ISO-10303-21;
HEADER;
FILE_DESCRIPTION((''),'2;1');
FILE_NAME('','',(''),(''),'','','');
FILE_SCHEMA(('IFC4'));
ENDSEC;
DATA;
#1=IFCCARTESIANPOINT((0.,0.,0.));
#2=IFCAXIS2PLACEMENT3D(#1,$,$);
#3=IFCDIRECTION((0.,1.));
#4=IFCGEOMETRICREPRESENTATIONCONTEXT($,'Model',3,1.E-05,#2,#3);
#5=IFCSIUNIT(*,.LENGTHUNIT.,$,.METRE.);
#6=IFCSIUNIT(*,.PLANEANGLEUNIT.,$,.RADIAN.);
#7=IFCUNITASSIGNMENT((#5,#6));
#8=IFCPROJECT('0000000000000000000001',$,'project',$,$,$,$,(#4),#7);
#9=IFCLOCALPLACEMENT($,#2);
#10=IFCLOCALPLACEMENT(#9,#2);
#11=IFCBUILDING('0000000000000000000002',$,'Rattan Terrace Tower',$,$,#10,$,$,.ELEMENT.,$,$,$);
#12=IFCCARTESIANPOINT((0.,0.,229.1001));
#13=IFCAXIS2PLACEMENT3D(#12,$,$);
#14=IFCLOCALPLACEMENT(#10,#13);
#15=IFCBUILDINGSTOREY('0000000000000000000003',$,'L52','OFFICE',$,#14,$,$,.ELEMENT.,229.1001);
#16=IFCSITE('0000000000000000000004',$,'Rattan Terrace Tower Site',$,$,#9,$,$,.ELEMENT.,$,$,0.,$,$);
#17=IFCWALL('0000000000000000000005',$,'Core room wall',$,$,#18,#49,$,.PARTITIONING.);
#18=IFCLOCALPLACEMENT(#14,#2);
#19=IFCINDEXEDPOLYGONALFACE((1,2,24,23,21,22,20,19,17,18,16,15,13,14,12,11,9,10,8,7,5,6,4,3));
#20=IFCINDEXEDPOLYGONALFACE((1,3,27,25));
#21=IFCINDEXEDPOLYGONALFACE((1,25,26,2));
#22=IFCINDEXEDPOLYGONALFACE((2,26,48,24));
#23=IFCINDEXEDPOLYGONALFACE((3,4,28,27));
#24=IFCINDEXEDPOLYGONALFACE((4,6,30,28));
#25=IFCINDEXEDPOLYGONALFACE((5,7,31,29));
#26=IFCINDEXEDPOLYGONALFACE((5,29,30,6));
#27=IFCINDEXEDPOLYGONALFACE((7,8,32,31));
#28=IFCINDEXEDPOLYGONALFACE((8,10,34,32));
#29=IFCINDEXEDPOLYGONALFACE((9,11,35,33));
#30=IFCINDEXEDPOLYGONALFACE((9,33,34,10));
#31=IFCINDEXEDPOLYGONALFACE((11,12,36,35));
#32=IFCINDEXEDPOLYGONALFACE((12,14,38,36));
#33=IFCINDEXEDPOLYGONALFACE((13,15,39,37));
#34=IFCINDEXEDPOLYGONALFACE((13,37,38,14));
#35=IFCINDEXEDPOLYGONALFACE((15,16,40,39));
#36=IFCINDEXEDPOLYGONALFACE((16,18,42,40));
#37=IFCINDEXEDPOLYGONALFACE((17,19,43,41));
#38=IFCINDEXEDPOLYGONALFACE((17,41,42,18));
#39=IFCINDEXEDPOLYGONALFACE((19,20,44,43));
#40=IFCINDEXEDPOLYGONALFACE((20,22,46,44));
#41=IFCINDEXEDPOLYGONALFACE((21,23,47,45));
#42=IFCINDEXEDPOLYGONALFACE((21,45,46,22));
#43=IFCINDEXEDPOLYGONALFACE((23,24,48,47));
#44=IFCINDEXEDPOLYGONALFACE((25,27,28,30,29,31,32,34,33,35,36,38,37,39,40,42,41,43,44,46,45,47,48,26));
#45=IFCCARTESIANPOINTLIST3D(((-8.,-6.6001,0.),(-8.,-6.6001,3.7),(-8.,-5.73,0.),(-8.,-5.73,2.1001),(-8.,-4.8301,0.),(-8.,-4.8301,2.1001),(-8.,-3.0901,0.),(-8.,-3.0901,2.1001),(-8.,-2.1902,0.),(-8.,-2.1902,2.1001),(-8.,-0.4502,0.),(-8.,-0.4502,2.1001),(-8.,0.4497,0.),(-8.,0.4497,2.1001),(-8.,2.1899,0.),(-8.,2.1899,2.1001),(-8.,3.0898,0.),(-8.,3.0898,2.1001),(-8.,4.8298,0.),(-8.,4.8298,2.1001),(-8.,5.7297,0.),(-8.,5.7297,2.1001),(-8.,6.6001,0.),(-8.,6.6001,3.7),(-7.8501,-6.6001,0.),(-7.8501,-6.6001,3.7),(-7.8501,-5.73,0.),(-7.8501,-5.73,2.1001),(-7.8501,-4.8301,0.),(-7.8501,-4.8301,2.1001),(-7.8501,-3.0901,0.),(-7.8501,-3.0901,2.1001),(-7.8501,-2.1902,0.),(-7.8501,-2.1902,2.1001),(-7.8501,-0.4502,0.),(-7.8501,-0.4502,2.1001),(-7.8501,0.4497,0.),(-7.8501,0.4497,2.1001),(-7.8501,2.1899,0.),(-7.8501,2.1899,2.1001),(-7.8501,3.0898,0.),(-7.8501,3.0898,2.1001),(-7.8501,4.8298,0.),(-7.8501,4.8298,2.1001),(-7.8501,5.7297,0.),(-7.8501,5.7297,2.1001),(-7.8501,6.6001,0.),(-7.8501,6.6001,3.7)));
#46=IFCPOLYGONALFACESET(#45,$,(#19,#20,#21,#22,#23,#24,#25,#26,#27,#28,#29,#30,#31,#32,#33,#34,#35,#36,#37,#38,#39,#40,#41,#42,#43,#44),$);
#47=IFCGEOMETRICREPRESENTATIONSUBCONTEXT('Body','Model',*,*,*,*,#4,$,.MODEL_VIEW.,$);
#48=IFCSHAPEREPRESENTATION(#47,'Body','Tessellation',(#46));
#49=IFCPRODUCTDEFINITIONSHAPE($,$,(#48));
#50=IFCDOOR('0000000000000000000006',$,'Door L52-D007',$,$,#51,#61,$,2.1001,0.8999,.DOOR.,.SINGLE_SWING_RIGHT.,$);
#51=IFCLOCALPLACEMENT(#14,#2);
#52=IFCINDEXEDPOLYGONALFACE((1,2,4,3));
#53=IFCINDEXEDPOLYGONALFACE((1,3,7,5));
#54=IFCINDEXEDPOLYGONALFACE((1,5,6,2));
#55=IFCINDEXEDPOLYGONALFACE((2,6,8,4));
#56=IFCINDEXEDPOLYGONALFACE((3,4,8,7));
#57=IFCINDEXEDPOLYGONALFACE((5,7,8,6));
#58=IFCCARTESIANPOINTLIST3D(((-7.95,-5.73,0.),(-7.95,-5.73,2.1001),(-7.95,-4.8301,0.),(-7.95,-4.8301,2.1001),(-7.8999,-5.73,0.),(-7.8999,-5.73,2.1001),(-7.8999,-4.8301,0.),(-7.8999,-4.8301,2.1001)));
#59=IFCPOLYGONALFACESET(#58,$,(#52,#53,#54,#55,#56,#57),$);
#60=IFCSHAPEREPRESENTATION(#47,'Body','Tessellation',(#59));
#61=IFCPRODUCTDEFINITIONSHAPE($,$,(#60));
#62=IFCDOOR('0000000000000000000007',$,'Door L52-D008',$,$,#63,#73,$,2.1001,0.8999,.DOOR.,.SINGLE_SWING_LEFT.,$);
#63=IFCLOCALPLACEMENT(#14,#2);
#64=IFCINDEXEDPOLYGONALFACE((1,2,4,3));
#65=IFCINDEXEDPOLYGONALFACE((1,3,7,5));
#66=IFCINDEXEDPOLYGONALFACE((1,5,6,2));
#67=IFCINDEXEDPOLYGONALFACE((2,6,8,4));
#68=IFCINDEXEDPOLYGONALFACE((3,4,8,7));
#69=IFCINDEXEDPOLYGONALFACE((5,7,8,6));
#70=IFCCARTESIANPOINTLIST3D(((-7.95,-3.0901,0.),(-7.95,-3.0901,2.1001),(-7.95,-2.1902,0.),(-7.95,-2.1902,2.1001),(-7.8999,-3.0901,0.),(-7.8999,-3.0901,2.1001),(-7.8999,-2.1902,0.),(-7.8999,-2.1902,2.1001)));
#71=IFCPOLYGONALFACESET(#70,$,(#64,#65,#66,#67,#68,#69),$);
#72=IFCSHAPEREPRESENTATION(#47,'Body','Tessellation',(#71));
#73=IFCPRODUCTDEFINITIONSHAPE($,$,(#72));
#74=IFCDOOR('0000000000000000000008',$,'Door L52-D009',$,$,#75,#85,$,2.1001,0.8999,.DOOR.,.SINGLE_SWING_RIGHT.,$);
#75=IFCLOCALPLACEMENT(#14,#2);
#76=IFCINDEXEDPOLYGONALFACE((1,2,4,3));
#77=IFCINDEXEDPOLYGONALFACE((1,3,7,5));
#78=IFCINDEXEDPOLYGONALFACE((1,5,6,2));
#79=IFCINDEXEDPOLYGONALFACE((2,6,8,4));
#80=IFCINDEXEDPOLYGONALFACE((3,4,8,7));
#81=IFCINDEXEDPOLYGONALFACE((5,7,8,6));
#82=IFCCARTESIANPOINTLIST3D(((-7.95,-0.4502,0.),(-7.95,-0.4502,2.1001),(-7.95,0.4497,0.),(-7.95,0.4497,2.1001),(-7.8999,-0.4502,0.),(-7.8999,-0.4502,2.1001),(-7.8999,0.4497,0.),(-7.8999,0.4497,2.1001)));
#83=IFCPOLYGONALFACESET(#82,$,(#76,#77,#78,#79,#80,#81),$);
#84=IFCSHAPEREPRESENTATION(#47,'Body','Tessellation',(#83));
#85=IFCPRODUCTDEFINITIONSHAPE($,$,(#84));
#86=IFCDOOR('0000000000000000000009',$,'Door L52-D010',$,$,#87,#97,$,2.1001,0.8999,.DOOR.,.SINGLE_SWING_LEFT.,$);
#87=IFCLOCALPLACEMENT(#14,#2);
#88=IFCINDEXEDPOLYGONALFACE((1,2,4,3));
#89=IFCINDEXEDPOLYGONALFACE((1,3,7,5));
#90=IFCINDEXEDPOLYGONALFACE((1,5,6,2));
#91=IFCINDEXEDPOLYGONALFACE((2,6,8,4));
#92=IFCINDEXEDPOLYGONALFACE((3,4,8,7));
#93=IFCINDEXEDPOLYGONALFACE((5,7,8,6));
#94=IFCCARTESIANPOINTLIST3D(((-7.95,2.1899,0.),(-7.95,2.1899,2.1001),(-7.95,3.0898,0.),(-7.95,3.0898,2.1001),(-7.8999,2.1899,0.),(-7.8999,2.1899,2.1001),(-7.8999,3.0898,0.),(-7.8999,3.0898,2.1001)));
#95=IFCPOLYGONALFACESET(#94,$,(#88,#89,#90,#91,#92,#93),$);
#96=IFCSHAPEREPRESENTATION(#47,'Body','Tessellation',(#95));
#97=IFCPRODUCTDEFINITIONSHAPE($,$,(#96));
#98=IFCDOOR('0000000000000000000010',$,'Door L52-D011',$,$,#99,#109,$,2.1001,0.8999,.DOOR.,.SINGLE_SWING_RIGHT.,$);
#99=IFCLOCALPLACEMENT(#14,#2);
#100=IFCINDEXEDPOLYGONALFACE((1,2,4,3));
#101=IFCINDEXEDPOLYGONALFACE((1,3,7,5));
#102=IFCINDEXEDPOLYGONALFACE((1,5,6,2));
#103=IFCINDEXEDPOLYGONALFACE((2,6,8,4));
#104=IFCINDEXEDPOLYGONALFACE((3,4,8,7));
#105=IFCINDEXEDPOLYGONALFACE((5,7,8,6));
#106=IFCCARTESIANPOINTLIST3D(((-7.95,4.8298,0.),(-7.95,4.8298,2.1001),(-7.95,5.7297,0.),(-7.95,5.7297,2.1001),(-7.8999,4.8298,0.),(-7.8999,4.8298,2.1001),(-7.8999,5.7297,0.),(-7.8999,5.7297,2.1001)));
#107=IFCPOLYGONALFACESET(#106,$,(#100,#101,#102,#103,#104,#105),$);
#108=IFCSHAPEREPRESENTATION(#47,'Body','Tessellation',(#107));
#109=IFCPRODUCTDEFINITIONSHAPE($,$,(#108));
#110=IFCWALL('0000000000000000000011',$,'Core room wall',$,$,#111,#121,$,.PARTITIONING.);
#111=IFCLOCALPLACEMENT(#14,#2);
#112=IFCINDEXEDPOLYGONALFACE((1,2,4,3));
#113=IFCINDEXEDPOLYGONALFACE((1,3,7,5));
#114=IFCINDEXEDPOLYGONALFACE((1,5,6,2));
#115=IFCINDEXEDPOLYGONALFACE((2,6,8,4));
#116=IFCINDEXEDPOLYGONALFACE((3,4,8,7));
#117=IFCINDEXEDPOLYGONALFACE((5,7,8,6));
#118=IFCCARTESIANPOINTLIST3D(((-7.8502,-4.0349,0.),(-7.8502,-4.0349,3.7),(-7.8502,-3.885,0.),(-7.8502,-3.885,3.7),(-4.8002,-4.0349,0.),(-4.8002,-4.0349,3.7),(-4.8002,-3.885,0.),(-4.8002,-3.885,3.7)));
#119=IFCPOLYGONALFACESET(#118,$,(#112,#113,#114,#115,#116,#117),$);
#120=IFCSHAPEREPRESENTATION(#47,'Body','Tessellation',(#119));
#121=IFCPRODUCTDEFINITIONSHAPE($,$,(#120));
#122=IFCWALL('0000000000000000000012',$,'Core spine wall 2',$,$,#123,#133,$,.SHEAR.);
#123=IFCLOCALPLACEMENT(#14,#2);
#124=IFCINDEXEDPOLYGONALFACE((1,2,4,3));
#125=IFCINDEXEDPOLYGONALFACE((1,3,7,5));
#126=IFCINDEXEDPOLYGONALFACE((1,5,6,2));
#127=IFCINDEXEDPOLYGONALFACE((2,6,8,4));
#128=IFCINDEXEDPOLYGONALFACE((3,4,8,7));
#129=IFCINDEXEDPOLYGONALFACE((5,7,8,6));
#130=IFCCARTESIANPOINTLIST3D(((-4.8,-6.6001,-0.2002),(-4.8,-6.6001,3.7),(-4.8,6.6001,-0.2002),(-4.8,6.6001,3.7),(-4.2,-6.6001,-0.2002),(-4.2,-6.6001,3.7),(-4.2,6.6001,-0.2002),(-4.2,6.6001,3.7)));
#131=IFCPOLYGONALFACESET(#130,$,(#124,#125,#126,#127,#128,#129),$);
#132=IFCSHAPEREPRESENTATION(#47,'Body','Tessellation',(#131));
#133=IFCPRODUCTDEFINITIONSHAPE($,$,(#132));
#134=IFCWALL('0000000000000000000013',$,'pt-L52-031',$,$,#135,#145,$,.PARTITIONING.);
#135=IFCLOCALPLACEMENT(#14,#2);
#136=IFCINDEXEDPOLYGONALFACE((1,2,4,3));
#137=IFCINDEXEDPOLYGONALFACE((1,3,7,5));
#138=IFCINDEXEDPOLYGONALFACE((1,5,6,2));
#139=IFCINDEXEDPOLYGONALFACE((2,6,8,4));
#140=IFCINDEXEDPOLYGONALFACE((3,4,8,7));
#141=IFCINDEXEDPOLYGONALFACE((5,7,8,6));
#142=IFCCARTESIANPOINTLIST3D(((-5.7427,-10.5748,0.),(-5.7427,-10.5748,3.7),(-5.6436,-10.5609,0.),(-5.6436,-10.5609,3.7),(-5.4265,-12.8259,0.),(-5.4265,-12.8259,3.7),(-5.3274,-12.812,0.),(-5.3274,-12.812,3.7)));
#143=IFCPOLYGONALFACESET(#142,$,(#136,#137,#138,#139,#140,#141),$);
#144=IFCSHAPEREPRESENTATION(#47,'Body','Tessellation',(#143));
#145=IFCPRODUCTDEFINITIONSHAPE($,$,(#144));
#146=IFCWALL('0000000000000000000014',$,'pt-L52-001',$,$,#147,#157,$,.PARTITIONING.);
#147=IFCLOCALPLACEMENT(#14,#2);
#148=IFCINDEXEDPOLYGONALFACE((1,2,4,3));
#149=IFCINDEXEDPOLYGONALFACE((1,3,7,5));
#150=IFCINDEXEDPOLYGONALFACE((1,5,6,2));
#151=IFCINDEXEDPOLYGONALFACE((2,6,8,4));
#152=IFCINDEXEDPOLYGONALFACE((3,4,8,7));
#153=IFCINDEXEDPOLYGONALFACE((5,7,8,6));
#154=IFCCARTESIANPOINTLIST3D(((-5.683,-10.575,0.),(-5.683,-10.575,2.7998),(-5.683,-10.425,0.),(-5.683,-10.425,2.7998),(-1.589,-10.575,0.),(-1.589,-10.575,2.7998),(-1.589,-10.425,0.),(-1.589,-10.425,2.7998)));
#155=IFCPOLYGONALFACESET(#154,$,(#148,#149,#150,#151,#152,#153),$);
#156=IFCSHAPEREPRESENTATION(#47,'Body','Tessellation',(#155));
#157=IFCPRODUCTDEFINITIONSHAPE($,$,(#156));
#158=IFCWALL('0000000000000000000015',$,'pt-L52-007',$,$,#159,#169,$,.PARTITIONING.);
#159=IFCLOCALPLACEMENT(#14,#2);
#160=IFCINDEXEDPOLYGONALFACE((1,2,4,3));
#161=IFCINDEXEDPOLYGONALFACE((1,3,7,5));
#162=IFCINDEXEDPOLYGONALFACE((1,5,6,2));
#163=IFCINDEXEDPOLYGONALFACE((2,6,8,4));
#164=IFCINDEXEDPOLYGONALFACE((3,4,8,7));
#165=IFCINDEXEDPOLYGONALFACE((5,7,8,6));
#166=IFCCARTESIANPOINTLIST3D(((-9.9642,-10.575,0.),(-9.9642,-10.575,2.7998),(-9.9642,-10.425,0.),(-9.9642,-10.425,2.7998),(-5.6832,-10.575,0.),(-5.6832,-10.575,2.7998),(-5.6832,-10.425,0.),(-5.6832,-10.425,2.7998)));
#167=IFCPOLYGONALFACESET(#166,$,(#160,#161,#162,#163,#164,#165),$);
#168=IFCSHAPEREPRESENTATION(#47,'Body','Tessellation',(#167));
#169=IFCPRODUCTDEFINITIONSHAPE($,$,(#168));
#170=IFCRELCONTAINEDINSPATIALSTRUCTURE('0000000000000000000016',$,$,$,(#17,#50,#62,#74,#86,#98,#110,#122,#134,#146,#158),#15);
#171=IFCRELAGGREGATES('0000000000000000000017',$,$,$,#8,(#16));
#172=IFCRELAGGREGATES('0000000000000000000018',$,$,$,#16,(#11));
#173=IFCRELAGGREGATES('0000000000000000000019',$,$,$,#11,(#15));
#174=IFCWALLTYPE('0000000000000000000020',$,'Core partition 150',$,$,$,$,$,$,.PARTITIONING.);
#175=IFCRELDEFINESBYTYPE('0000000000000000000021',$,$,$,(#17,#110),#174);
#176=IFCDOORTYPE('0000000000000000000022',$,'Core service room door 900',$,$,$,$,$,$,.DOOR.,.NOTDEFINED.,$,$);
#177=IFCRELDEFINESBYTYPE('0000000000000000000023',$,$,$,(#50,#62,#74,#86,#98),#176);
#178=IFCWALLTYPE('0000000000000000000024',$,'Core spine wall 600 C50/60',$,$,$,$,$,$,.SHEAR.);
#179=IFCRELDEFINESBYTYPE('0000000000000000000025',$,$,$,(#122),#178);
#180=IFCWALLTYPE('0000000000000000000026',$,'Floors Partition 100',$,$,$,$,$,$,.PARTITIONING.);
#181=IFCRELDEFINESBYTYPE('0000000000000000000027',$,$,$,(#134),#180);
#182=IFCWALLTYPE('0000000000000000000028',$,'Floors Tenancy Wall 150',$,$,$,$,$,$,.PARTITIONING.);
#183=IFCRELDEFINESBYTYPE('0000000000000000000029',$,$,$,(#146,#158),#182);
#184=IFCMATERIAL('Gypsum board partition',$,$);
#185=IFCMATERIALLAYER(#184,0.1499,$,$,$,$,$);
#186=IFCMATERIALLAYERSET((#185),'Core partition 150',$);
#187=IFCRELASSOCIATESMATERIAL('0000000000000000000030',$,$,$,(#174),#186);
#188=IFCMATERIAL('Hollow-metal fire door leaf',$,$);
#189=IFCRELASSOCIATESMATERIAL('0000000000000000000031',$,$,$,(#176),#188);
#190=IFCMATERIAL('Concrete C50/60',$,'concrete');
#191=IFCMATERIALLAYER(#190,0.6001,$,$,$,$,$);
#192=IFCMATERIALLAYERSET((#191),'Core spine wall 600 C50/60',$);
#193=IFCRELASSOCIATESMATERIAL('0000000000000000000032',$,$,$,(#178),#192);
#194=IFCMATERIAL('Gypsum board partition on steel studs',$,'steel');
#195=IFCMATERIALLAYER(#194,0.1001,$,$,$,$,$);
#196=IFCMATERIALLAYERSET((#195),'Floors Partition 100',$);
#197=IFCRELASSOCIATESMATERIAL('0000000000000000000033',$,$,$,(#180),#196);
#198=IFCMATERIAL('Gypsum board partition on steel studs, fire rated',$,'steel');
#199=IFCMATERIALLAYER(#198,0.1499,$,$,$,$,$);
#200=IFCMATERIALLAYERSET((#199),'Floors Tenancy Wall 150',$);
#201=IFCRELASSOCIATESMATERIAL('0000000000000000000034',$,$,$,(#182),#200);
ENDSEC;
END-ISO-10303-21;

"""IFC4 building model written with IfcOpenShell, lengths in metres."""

from ifc_helpers import new_model, si_unit, direction, frame, frame_2d, origin, place, context, subcontext, project, spatial, rectangle, extrude, material, layer, layer_set, type_object, element, fill, save


model = new_model("IFC4")

# Units and contexts
model_context = context("Model", 3, precision=1e-05, world=origin(), true_north=direction((0.0, 1.0)))
body_context = subcontext(model_context, "Body", "Model", "MODEL_VIEW")
ifc_project = project(units=[si_unit("LENGTHUNIT", "METRE"), si_unit("PLANEANGLEUNIT", "RADIAN")], contexts=[model_context])

# Site, building, storey
site_placement = place(None, origin())
site = spatial("IfcSite", under=ifc_project, at=site_placement, Name="Rattan Terrace Tower Site", CompositionType="ELEMENT", RefElevation=0.0)
building_placement = place(site_placement, origin())
building = spatial("IfcBuilding", under=site, at=building_placement, Name="Rattan Terrace Tower", CompositionType="ELEMENT")
storey_placement = place(building_placement, frame((0.0, 0.0, 229.1001)))
storey = spatial("IfcBuildingStorey", under=building, at=storey_placement, Name="L52", Description="OFFICE", CompositionType="ELEMENT", Elevation=229.1001)

# Wall, openings, doors
ifc_material_1 = material(Name="Gypsum board partition")
ifc_layer_1 = layer(ifc_material_1, 0.1499)
ifc_layer_set_1 = layer_set([ifc_layer_1], Name="Core partition 150")
wall_type_1 = type_object("IfcWallType", Name="Core partition 150", PredefinedType="PARTITIONING", material=ifc_layer_set_1)
wall_1_placement = place(storey_placement, frame((-7.925, -6.6001, 0.0), z_axis=(0.0, 0.0, 1.0), x_axis=(0.0, 1.0, 0.0)))
wall_1 = element("IfcWall", 1, at=wall_1_placement, inside=storey, type_object=wall_type_1, Name="Core room wall", PredefinedType="PARTITIONING", context=body_context, shape_type="SweptSolid", body=[
    extrude(rectangle(XDim=13.2002, YDim=0.1499, at=frame_2d((6.6001, 0.0))), origin(), (0.0, 0.0, 1.0), 3.7),
])
opening_1_placement = place(wall_1_placement, frame((0.8701, 0.0, 0.0)))
opening_1 = element("IfcOpeningElement", 2, at=opening_1_placement, cuts=wall_1, PredefinedType="OPENING", context=body_context, shape_type="SweptSolid", body=[
    extrude(rectangle(XDim=0.8999, YDim=2.1001, at=frame_2d((0.45, 1.05))), frame((0.0, 0.0854, 0.0), z_axis=(0.0, -1.0, 0.0), x_axis=(1.0, 0.0, 0.0)), (0.0, 0.0, 1.0), 0.1709),
])
opening_2_placement = place(wall_1_placement, frame((3.51, 0.0, 0.0)))
opening_2 = element("IfcOpeningElement", 3, at=opening_2_placement, cuts=wall_1, PredefinedType="OPENING", context=body_context, shape_type="SweptSolid", body=[
    extrude(rectangle(XDim=0.8999, YDim=2.1001, at=frame_2d((0.45, 1.05))), frame((0.0, 0.0854, 0.0), z_axis=(0.0, -1.0, 0.0), x_axis=(1.0, 0.0, 0.0)), (0.0, 0.0, 1.0), 0.1709),
])
opening_3_placement = place(wall_1_placement, frame((6.1499, 0.0, 0.0)))
opening_3 = element("IfcOpeningElement", 4, at=opening_3_placement, cuts=wall_1, PredefinedType="OPENING", context=body_context, shape_type="SweptSolid", body=[
    extrude(rectangle(XDim=0.8999, YDim=2.1001, at=frame_2d((0.45, 1.05))), frame((0.0, 0.0854, 0.0), z_axis=(0.0, -1.0, 0.0), x_axis=(1.0, 0.0, 0.0)), (0.0, 0.0, 1.0), 0.1709),
])
opening_4_placement = place(wall_1_placement, frame((8.79, 0.0, 0.0)))
opening_4 = element("IfcOpeningElement", 5, at=opening_4_placement, cuts=wall_1, PredefinedType="OPENING", context=body_context, shape_type="SweptSolid", body=[
    extrude(rectangle(XDim=0.8999, YDim=2.1001, at=frame_2d((0.45, 1.05))), frame((0.0, 0.0854, 0.0), z_axis=(0.0, -1.0, 0.0), x_axis=(1.0, 0.0, 0.0)), (0.0, 0.0, 1.0), 0.1709),
])
opening_5_placement = place(wall_1_placement, frame((11.4299, 0.0, 0.0)))
opening_5 = element("IfcOpeningElement", 6, at=opening_5_placement, cuts=wall_1, PredefinedType="OPENING", context=body_context, shape_type="SweptSolid", body=[
    extrude(rectangle(XDim=0.8999, YDim=2.1001, at=frame_2d((0.45, 1.05))), frame((0.0, 0.0854, 0.0), z_axis=(0.0, -1.0, 0.0), x_axis=(1.0, 0.0, 0.0)), (0.0, 0.0, 1.0), 0.1709),
])
ifc_material_2 = material(Name="Hollow-metal fire door leaf")
door_type_1 = type_object("IfcDoorType", Name="Core service room door 900", OperationType="NOTDEFINED", PredefinedType="DOOR", material=ifc_material_2)
door_1_placement = place(opening_1_placement, origin())
door_1 = element("IfcDoor", 7, at=door_1_placement, inside=storey, type_object=door_type_1, Name="Door L52-D007", OperationType="SINGLE_SWING_RIGHT", OverallHeight=2.1001, OverallWidth=0.8999, PredefinedType="DOOR", context=body_context, shape_type="SweptSolid", body=[
    extrude(rectangle(XDim=0.8999, YDim=2.1001, at=frame_2d((0.45, 1.05))), frame((0.0, 0.0249, 0.0), z_axis=(0.0, -1.0, 0.0), x_axis=(1.0, 0.0, 0.0)), (0.0, 0.0, 1.0), 0.05),
])
fill(opening_1, door_1)
door_2_placement = place(opening_2_placement, origin())
door_2 = element("IfcDoor", 8, at=door_2_placement, inside=storey, type_object=door_type_1, Name="Door L52-D008", OperationType="SINGLE_SWING_LEFT", OverallHeight=2.1001, OverallWidth=0.8999, PredefinedType="DOOR", context=body_context, shape_type="SweptSolid", body=[
    extrude(rectangle(XDim=0.8999, YDim=2.1001, at=frame_2d((0.45, 1.05))), frame((0.0, 0.0249, 0.0), z_axis=(0.0, -1.0, 0.0), x_axis=(1.0, 0.0, 0.0)), (0.0, 0.0, 1.0), 0.05),
])
fill(opening_2, door_2)
door_3_placement = place(opening_3_placement, origin())
door_3 = element("IfcDoor", 9, at=door_3_placement, inside=storey, type_object=door_type_1, Name="Door L52-D009", OperationType="SINGLE_SWING_RIGHT", OverallHeight=2.1001, OverallWidth=0.8999, PredefinedType="DOOR", context=body_context, shape_type="SweptSolid", body=[
    extrude(rectangle(XDim=0.8999, YDim=2.1001, at=frame_2d((0.45, 1.05))), frame((0.0, 0.0249, 0.0), z_axis=(0.0, -1.0, 0.0), x_axis=(1.0, 0.0, 0.0)), (0.0, 0.0, 1.0), 0.05),
])
fill(opening_3, door_3)
door_4_placement = place(opening_4_placement, origin())
door_4 = element("IfcDoor", 10, at=door_4_placement, inside=storey, type_object=door_type_1, Name="Door L52-D010", OperationType="SINGLE_SWING_LEFT", OverallHeight=2.1001, OverallWidth=0.8999, PredefinedType="DOOR", context=body_context, shape_type="SweptSolid", body=[
    extrude(rectangle(XDim=0.8999, YDim=2.1001, at=frame_2d((0.45, 1.05))), frame((0.0, 0.0249, 0.0), z_axis=(0.0, -1.0, 0.0), x_axis=(1.0, 0.0, 0.0)), (0.0, 0.0, 1.0), 0.05),
])
fill(opening_4, door_4)
door_5_placement = place(opening_5_placement, origin())
door_5 = element("IfcDoor", 11, at=door_5_placement, inside=storey, type_object=door_type_1, Name="Door L52-D011", OperationType="SINGLE_SWING_RIGHT", OverallHeight=2.1001, OverallWidth=0.8999, PredefinedType="DOOR", context=body_context, shape_type="SweptSolid", body=[
    extrude(rectangle(XDim=0.8999, YDim=2.1001, at=frame_2d((0.45, 1.05))), frame((0.0, 0.0249, 0.0), z_axis=(0.0, -1.0, 0.0), x_axis=(1.0, 0.0, 0.0)), (0.0, 0.0, 1.0), 0.05),
])
fill(opening_5, door_5)

# Walls
wall_2_placement = place(storey_placement, frame((-7.8501, -3.96, 0.0), z_axis=(0.0, 0.0, 1.0), x_axis=(1.0, 0.0, 0.0)))
element("IfcWall", 12, at=wall_2_placement, inside=storey, type_object=wall_type_1, Name="Core room wall", PredefinedType="PARTITIONING", context=body_context, shape_type="SweptSolid", body=[
    extrude(rectangle(XDim=3.05, YDim=0.1499, at=frame_2d((1.5249, 0.0))), origin(), (0.0, 0.0, 1.0), 3.7),
])
ifc_material_3 = material(Name="Concrete C50/60", Category="concrete")
ifc_layer_2 = layer(ifc_material_3, 0.6001)
ifc_layer_set_2 = layer_set([ifc_layer_2], Name="Core spine wall 600 C50/60")
wall_type_2 = type_object("IfcWallType", Name="Core spine wall 600 C50/60", PredefinedType="SHEAR", material=ifc_layer_set_2)
wall_3_placement = place(storey_placement, frame((-4.5, -6.6001, -0.2002), z_axis=(0.0, 0.0, 1.0), x_axis=(0.0, 1.0, 0.0)))
element("IfcWall", 13, at=wall_3_placement, inside=storey, type_object=wall_type_2, Name="Core spine wall 2", PredefinedType="SHEAR", context=body_context, shape_type="SweptSolid", body=[
    extrude(rectangle(XDim=13.2002, YDim=0.6001, at=frame_2d((6.6001, 0.0))), origin(), (0.0, 0.0, 1.0), 3.9001),
])
ifc_material_4 = material(Name="Gypsum board partition on steel studs", Category="steel")
ifc_layer_3 = layer(ifc_material_4, 0.1001)
ifc_layer_set_3 = layer_set([ifc_layer_3], Name="Floors Partition 100")
wall_type_3 = type_object("IfcWallType", Name="Floors Partition 100", PredefinedType="PARTITIONING", material=ifc_layer_set_3)
wall_4_placement = place(storey_placement, frame((-5.377, -12.8191, 0.0), z_axis=(0.0, 0.0, 1.0), x_axis=(-0.13909, 0.99028, 0.0)))
element("IfcWall", 14, at=wall_4_placement, inside=storey, type_object=wall_type_3, Name="pt-L52-031", PredefinedType="PARTITIONING", context=body_context, shape_type="SweptSolid", body=[
    extrude(rectangle(XDim=2.2732, YDim=0.1001, at=frame_2d((1.1367, 0.0))), origin(), (0.0, 0.0, 1.0), 3.7),
])
ifc_material_5 = material(Name="Gypsum board partition on steel studs, fire rated", Category="steel")
ifc_layer_4 = layer(ifc_material_5, 0.1499)
ifc_layer_set_4 = layer_set([ifc_layer_4], Name="Floors Tenancy Wall 150")
wall_type_4 = type_object("IfcWallType", Name="Floors Tenancy Wall 150", PredefinedType="PARTITIONING", material=ifc_layer_set_4)
wall_5_placement = place(storey_placement, frame((-1.5891, -10.5, 0.0), z_axis=(0.0, 0.0, 1.0), x_axis=(-1.0, 0.0, 0.0)))
element("IfcWall", 15, at=wall_5_placement, inside=storey, type_object=wall_type_4, Name="pt-L52-001", PredefinedType="PARTITIONING", context=body_context, shape_type="SweptSolid", body=[
    extrude(rectangle(XDim=4.094, YDim=0.1499, at=frame_2d((2.0469, 0.0))), origin(), (0.0, 0.0, 1.0), 2.7998),
])
wall_6_placement = place(storey_placement, frame((-5.6831, -10.5, 0.0), z_axis=(0.0, 0.0, 1.0), x_axis=(-1.0, 0.0, 0.0)))
element("IfcWall", 16, at=wall_6_placement, inside=storey, type_object=wall_type_4, Name="pt-L52-007", PredefinedType="PARTITIONING", context=body_context, shape_type="SweptSolid", body=[
    extrude(rectangle(XDim=4.281, YDim=0.1499, at=frame_2d((2.1406, 0.0))), origin(), (0.0, 0.0, 1.0), 2.7998),
])

save(model, "model.ifc")
